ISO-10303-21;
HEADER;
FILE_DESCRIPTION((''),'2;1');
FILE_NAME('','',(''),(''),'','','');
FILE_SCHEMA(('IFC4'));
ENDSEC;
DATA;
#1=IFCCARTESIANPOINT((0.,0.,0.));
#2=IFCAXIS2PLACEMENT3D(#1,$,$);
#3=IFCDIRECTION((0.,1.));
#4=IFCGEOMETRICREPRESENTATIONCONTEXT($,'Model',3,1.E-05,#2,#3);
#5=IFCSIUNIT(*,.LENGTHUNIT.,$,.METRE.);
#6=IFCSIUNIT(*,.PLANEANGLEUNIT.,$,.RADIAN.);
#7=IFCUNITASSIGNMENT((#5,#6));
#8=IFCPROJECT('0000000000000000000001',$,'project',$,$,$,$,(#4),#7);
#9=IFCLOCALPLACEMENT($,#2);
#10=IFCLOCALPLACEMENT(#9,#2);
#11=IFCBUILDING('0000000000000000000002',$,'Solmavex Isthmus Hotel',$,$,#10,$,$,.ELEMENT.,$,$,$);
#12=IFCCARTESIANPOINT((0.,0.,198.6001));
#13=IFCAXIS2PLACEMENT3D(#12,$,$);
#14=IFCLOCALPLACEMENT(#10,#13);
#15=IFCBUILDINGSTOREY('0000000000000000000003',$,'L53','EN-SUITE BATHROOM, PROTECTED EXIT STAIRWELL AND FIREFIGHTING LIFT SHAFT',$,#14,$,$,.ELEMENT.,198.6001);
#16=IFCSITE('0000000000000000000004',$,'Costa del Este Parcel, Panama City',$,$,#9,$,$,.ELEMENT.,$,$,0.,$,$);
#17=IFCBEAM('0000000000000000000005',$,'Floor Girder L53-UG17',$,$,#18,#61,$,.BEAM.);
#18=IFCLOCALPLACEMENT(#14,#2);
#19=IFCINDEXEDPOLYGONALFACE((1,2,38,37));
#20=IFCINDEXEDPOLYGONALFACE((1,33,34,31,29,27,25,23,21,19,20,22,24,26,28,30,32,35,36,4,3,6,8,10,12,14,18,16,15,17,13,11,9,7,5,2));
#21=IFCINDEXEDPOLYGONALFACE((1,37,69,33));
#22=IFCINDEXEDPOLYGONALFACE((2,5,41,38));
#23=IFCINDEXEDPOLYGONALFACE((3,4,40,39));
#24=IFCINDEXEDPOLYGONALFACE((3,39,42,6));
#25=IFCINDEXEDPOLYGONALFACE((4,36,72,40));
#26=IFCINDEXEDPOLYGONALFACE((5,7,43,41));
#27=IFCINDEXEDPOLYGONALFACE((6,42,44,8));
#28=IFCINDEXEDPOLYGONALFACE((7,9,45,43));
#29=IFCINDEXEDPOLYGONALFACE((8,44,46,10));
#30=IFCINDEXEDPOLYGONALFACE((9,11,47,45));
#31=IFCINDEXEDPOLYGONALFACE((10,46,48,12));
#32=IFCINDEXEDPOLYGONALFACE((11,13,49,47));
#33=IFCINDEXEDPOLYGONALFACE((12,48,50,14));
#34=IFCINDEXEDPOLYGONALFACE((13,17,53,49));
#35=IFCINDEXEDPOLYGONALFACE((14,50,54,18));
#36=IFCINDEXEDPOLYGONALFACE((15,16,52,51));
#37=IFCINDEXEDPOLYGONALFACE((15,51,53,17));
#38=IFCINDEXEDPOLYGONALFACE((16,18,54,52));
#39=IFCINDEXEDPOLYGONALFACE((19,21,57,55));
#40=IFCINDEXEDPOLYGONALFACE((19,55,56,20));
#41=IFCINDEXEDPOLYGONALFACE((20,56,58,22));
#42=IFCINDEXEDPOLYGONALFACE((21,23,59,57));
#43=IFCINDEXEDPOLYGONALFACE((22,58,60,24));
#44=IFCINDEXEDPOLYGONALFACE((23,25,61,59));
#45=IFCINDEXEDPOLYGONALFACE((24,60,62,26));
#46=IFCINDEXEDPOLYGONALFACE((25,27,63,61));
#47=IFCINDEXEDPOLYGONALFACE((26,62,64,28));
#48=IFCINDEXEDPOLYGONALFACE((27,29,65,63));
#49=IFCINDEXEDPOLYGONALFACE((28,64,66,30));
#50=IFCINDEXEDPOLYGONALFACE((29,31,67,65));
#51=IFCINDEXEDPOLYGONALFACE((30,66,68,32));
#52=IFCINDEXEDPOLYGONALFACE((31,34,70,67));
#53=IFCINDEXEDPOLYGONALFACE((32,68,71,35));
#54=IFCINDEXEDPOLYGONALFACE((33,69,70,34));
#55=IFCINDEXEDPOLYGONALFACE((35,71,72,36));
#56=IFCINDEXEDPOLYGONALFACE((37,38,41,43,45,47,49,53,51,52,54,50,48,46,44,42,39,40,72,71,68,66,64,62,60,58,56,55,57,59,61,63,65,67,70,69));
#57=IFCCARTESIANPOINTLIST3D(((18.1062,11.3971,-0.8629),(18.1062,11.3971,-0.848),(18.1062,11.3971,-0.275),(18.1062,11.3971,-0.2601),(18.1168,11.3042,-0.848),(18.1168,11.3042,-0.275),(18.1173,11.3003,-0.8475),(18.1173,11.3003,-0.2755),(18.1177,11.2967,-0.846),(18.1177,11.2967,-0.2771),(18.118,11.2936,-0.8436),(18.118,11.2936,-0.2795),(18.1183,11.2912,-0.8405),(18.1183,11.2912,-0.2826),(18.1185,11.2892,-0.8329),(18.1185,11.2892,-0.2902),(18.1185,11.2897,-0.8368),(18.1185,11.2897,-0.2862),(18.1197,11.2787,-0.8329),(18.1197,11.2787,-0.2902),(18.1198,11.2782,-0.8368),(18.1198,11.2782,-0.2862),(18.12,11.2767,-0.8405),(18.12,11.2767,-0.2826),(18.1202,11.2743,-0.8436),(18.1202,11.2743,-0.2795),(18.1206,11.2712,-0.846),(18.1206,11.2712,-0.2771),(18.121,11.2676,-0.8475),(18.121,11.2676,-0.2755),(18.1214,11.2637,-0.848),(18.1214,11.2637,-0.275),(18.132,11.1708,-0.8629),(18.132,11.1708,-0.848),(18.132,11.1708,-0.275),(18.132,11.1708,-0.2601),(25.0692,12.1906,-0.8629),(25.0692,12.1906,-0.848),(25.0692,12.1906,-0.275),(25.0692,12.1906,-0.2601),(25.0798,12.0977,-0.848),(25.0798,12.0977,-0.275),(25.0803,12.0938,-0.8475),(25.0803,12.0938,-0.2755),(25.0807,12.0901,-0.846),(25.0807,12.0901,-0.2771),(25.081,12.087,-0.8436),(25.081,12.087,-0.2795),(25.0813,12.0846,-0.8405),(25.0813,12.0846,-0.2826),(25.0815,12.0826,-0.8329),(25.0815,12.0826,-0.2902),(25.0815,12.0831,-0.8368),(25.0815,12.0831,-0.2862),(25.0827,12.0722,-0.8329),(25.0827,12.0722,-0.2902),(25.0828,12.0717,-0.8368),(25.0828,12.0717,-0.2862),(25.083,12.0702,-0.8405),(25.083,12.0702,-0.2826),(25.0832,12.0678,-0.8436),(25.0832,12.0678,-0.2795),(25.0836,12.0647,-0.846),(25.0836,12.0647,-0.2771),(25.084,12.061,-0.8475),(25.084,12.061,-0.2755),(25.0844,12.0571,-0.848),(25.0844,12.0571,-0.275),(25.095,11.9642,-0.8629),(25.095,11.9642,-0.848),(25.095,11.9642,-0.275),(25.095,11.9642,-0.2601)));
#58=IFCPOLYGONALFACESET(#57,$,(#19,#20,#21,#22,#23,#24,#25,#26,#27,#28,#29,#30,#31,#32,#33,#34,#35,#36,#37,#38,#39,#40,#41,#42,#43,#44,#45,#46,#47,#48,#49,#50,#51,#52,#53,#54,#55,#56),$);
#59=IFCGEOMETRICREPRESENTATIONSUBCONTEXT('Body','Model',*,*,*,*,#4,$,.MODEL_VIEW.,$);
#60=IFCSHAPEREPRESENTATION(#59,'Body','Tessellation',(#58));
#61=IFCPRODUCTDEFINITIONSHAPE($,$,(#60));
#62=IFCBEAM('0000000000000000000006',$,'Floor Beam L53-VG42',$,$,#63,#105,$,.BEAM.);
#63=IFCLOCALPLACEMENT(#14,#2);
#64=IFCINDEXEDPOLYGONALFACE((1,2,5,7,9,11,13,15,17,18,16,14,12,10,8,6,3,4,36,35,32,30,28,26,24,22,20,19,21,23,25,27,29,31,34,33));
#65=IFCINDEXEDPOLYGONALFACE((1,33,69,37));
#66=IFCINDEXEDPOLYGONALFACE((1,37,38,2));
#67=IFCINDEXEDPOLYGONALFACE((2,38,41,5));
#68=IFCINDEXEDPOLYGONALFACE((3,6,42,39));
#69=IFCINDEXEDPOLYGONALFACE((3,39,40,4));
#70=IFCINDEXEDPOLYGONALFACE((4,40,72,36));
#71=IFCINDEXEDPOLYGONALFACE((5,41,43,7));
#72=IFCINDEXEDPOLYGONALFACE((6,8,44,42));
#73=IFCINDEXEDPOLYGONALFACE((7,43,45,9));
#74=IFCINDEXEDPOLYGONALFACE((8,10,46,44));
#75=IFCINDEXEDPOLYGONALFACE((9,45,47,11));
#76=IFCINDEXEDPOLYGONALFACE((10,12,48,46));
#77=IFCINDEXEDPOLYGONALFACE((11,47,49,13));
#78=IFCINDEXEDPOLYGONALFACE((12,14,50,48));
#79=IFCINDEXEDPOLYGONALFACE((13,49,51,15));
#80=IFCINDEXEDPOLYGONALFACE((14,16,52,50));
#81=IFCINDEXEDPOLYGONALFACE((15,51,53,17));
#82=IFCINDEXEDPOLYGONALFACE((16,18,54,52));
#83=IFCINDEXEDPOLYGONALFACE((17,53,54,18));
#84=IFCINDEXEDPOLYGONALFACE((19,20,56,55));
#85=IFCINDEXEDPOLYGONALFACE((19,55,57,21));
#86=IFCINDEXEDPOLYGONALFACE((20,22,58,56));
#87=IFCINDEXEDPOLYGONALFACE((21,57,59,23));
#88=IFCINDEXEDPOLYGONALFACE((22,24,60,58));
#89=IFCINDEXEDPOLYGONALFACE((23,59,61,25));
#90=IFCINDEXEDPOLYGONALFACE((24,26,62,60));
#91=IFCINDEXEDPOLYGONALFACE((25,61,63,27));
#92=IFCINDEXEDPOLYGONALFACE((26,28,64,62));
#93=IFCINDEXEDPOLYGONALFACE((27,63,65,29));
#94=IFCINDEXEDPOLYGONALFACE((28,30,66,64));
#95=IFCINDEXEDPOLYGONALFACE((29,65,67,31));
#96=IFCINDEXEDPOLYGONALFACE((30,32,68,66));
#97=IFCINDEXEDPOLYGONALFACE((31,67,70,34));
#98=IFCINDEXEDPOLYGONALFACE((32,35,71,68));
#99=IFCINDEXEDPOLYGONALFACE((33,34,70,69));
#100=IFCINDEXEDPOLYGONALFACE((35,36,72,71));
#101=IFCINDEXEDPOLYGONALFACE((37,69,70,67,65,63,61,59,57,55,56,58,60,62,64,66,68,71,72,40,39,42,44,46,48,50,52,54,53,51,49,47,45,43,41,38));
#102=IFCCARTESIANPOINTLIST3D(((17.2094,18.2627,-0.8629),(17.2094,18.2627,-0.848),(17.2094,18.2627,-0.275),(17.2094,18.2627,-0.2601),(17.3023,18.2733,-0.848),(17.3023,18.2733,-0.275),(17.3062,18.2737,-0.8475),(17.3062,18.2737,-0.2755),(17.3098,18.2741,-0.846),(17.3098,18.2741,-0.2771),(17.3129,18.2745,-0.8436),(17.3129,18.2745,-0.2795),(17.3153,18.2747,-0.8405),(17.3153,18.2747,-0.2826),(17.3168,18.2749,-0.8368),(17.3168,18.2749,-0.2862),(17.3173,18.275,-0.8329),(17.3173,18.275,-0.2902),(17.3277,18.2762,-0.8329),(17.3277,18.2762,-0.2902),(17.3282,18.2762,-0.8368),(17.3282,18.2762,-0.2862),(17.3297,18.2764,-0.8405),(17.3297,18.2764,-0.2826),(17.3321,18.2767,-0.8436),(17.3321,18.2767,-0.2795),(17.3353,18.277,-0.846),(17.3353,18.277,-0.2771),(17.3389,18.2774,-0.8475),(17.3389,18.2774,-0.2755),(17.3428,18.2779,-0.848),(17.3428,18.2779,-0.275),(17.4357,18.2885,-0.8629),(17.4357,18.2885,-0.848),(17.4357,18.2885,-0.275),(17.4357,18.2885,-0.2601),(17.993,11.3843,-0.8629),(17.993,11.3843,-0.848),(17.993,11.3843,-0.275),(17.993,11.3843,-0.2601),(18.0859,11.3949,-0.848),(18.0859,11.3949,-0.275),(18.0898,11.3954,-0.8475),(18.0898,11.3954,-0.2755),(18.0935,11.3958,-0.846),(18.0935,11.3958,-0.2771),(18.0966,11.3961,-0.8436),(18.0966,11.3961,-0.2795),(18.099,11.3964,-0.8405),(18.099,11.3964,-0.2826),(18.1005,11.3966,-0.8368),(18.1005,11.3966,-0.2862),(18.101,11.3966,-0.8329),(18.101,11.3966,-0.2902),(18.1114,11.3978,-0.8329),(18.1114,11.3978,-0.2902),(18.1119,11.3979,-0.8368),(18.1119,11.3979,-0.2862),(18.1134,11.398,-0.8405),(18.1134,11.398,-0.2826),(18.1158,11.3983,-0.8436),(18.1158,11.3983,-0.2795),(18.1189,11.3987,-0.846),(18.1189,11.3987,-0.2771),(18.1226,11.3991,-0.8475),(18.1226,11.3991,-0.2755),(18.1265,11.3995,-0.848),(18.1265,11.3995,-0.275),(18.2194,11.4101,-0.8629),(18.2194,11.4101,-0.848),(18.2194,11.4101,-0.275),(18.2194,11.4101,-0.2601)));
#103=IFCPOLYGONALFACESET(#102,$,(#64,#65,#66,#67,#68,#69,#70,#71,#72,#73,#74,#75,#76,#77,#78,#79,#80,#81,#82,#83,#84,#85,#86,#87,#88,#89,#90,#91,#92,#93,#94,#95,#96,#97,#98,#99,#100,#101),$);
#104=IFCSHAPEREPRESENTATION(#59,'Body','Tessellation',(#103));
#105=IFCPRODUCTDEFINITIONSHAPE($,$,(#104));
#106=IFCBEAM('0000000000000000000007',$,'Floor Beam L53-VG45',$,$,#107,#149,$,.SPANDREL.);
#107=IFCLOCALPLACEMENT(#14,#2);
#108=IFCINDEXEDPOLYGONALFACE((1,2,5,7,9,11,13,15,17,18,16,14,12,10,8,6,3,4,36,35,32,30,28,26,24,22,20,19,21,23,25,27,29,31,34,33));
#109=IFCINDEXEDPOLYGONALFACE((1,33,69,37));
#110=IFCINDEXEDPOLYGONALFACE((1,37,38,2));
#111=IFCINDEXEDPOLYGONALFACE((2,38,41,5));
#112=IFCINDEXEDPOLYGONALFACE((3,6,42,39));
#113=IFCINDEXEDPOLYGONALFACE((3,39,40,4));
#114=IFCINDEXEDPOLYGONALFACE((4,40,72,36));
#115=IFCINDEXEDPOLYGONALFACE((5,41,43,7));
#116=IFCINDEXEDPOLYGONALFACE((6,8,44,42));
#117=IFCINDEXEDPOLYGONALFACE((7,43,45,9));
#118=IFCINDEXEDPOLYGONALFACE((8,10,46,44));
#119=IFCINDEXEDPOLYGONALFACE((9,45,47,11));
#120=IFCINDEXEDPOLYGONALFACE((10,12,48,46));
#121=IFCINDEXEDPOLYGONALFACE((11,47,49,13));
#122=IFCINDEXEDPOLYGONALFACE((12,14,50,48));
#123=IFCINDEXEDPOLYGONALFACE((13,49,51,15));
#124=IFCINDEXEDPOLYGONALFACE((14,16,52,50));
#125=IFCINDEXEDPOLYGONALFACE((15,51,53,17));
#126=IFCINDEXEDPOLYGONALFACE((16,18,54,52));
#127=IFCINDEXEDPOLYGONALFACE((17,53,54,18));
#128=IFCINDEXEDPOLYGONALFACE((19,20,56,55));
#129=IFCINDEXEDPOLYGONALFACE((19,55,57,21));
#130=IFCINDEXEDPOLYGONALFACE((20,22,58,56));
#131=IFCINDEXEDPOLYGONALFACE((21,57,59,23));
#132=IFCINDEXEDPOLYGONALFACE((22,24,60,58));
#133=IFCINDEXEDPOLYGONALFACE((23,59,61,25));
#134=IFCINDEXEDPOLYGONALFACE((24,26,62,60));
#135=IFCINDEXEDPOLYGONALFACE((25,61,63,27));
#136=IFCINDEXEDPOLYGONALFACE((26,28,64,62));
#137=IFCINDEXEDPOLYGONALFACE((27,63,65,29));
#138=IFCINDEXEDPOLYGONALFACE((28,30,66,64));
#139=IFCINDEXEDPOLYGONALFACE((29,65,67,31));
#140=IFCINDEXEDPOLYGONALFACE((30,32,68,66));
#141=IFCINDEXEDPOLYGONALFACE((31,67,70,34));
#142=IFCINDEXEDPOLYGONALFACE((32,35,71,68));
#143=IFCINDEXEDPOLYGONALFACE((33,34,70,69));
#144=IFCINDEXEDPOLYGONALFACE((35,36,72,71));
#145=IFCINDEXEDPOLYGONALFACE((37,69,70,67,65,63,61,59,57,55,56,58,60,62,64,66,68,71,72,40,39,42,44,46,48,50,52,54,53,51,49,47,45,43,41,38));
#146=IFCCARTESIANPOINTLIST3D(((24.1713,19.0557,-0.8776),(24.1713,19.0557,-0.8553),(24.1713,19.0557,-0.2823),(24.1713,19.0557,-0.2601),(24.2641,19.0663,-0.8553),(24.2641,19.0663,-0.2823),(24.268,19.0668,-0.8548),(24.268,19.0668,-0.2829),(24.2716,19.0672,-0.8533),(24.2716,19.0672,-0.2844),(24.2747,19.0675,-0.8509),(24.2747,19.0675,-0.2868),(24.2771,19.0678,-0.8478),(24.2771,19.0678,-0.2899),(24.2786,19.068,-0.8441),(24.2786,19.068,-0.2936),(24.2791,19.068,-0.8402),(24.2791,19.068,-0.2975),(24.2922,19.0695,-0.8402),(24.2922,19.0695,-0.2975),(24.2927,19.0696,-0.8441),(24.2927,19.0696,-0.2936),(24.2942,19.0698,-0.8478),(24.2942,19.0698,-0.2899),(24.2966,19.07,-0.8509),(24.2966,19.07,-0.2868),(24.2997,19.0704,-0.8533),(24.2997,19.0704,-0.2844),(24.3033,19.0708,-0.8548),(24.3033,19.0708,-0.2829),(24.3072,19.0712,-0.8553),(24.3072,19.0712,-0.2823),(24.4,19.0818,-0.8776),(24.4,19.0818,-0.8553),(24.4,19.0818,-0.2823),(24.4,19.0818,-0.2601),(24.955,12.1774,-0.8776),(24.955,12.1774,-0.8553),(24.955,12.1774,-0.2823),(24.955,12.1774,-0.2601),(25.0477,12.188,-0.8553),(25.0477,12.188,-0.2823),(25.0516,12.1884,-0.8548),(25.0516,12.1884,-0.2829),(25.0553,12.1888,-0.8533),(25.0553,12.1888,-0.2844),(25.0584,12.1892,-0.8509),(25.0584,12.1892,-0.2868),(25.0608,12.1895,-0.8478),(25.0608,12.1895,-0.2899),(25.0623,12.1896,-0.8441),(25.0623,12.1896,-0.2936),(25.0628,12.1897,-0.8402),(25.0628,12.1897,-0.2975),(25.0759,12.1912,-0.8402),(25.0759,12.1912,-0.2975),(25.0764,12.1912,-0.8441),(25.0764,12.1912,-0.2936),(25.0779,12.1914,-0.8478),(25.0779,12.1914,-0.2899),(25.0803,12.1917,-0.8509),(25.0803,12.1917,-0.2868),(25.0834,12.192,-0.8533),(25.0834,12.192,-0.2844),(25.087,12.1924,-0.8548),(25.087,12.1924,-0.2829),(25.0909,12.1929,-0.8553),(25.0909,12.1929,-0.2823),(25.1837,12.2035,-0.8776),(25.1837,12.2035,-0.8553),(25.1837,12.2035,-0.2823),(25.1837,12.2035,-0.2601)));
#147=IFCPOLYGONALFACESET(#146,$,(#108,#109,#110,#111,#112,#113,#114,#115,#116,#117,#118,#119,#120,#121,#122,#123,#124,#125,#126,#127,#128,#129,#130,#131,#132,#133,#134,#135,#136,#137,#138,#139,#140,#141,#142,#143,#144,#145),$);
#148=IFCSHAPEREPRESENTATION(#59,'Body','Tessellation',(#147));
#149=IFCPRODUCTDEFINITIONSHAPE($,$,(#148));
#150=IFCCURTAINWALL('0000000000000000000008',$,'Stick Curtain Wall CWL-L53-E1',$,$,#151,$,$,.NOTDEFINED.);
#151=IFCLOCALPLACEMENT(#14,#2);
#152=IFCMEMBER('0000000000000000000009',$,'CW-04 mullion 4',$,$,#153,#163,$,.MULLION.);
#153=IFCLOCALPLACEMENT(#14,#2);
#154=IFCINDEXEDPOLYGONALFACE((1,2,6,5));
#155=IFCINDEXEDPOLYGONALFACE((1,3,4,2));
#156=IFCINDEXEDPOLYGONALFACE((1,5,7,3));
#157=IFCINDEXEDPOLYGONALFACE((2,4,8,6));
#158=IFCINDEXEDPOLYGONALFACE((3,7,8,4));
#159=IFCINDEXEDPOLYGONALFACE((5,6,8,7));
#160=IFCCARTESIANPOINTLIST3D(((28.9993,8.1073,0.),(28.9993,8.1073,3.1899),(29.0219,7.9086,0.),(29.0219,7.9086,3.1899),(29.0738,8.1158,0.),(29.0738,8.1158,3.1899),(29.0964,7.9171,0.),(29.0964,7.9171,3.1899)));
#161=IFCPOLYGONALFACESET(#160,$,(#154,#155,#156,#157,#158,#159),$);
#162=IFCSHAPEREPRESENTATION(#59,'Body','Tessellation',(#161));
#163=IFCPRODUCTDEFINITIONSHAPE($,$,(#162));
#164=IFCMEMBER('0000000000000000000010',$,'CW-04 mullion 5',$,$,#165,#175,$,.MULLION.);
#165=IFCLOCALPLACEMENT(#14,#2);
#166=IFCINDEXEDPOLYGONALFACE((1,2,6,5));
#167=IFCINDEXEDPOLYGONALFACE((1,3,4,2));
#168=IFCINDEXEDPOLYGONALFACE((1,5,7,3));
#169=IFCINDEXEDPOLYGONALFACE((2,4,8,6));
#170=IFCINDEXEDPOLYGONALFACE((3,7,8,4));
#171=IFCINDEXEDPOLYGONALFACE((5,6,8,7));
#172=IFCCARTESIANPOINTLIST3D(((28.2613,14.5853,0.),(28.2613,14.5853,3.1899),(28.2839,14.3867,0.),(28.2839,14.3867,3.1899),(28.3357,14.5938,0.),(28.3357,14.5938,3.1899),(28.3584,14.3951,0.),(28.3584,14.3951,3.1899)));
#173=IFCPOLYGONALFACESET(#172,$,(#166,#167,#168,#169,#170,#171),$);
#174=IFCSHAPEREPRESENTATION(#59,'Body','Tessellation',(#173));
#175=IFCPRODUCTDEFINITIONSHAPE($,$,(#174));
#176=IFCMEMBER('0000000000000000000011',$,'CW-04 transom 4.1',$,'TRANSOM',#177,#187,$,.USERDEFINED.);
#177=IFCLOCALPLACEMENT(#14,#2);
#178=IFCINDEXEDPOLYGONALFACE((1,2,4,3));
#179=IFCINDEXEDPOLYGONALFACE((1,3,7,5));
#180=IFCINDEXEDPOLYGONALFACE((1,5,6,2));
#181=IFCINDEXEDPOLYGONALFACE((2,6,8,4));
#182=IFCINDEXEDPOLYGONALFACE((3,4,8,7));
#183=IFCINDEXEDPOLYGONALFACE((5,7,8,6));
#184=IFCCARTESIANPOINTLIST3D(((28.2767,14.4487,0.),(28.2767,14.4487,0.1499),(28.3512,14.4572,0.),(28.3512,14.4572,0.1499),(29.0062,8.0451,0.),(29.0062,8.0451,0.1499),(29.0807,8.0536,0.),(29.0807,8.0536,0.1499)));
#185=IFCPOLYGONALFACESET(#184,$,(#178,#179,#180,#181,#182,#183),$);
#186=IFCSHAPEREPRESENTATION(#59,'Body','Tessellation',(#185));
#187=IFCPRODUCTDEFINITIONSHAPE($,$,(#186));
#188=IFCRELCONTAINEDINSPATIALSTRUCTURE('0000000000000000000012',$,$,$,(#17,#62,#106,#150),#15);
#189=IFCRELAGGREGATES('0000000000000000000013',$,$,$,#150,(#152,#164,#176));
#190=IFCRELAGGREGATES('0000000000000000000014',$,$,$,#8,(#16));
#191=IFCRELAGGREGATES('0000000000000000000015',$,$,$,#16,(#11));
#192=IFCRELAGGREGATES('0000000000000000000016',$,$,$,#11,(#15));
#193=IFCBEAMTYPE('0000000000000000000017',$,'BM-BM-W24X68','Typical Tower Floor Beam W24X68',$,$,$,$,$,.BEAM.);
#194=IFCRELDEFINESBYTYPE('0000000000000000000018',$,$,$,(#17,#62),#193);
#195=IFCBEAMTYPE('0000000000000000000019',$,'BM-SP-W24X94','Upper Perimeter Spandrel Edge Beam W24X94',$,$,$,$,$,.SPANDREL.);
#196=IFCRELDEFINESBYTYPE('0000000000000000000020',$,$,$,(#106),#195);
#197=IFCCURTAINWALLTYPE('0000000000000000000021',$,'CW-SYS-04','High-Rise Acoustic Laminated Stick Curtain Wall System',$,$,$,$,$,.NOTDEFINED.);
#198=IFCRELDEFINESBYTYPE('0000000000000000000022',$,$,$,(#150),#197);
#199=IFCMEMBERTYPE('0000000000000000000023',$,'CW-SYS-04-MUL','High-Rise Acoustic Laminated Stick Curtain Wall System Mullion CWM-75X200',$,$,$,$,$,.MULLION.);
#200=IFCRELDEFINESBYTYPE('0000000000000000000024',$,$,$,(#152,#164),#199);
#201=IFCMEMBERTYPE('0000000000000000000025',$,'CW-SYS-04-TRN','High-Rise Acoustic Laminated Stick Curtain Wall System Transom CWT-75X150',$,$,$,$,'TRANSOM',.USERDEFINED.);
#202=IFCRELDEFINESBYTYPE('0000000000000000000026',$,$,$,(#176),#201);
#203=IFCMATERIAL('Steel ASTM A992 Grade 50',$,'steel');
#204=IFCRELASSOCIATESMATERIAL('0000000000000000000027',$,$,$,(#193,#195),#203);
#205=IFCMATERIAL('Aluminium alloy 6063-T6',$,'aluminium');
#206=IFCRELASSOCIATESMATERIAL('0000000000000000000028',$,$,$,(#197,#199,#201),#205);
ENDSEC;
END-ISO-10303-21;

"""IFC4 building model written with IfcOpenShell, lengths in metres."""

from ifc_helpers import new_model, si_unit, direction, frame, origin, origin_2d, place, context, subcontext, project, spatial, rectangle, i_section, extrude, material, material_profile, profile_set, type_object, element, aggregate, save


model = new_model("IFC4")

# Units and contexts
model_context = context("Model", 3, precision=1e-05, world=origin(), true_north=direction((0.0, 1.0)))
body_context = subcontext(model_context, "Body", "Model", "MODEL_VIEW")
ifc_project = project(units=[si_unit("LENGTHUNIT", "METRE"), si_unit("PLANEANGLEUNIT", "RADIAN")], contexts=[model_context])

# Site, building, storey
site_placement = place(None, origin())
site = spatial("IfcSite", under=ifc_project, at=site_placement, Name="Costa del Este Parcel, Panama City", CompositionType="ELEMENT", RefElevation=0.0)
building_placement = place(site_placement, origin())
building = spatial("IfcBuilding", under=site, at=building_placement, Name="Solmavex Isthmus Hotel", CompositionType="ELEMENT")
storey_placement = place(building_placement, frame((0.0, 0.0, 198.6001)))
storey = spatial("IfcBuildingStorey", under=building, at=storey_placement, Name="L53", Description="EN-SUITE BATHROOM, PROTECTED EXIT STAIRWELL AND FIREFIGHTING LIFT SHAFT", CompositionType="ELEMENT", Elevation=198.6001)

# Beams
ifc_material_1 = material(Name="Steel ASTM A992 Grade 50", Category="steel")
ifc_material_profile_1 = material_profile(ifc_material_1, i_section(OverallWidth=0.2278, OverallDepth=0.6028, WebThickness=0.0105, FlangeThickness=0.0149, FilletRadius=0.0151, at=origin_2d()), Name="W24X68")
ifc_profile_set_1 = profile_set([ifc_material_profile_1], Name="Steel ASTM A992 Grade 50")
beam_type_1 = type_object("IfcBeamType", Name="BM-BM-W24X68", Description="Typical Tower Floor Beam W24X68", PredefinedType="BEAM", material=ifc_profile_set_1)
beam_1_placement = place(storey_placement, frame((18.1191, 11.2839, -0.5615), z_axis=(0.99357, 0.113222, 0.0), x_axis=(-0.113222, 0.99357, 0.0)))
element("IfcBeam", 1, at=beam_1_placement, inside=storey, type_object=beam_type_1, Name="Floor Girder L53-UG17", PredefinedType="BEAM", context=body_context, shape_type="SweptSolid", body=[
    extrude(i_section(OverallWidth=0.2278, OverallDepth=0.6028, WebThickness=0.0105, FlangeThickness=0.0149, FilletRadius=0.0151, at=origin_2d()), origin(), (0.0, 0.0, 1.0), 7.0081),
])
beam_2_placement = place(storey_placement, frame((18.1062, 11.3972, -0.5615), z_axis=(-0.113202, 0.993572, 0.0), x_axis=(-0.993572, -0.113202, 0.0)))
element("IfcBeam", 2, at=beam_2_placement, inside=storey, type_object=beam_type_1, Name="Floor Beam L53-VG42", PredefinedType="BEAM", context=body_context, shape_type="SweptSolid", body=[
    extrude(i_section(OverallWidth=0.2278, OverallDepth=0.6028, WebThickness=0.0105, FlangeThickness=0.0149, FilletRadius=0.0151, at=origin_2d()), origin(), (0.0, 0.0, 1.0), 6.9229),
])
ifc_material_profile_2 = material_profile(ifc_material_1, i_section(OverallWidth=0.2302, OverallDepth=0.6174, WebThickness=0.0132, FlangeThickness=0.0222, FilletRadius=0.0151, at=origin_2d()), Name="W24X94")
ifc_profile_set_2 = profile_set([ifc_material_profile_2], Name="Steel ASTM A992 Grade 50")
beam_type_2 = type_object("IfcBeamType", Name="BM-SP-W24X94", Description="Upper Perimeter Spandrel Edge Beam W24X94", PredefinedType="SPANDREL", material=ifc_profile_set_2)
beam_3_placement = place(storey_placement, frame((25.0693, 12.1904, -0.5688), z_axis=(-0.113202, 0.993572, 0.0), x_axis=(-0.993572, -0.113202, 0.0)))
element("IfcBeam", 3, at=beam_3_placement, inside=storey, type_object=beam_type_2, Name="Floor Beam L53-VG45", PredefinedType="SPANDREL", context=body_context, shape_type="SweptSolid", body=[
    extrude(i_section(OverallWidth=0.2302, OverallDepth=0.6174, WebThickness=0.0132, FlangeThickness=0.0222, FilletRadius=0.0151, at=origin_2d()), origin(), (0.0, 0.0, 1.0), 6.9229),
])

# Curtain wall, members
ifc_material_2 = material(Name="Aluminium alloy 6063-T6", Category="aluminium")
curtain_wall_type = type_object("IfcCurtainWallType", Name="CW-SYS-04", Description="High-Rise Acoustic Laminated Stick Curtain Wall System", PredefinedType="NOTDEFINED", material=ifc_material_2)
curtain_wall_placement = place(storey_placement, origin())
curtain_wall = element("IfcCurtainWall", 4, at=curtain_wall_placement, inside=storey, type_object=curtain_wall_type, Name="Stick Curtain Wall CWL-L53-E1", PredefinedType="NOTDEFINED")
ifc_material_profile_3 = material_profile(ifc_material_2, rectangle(XDim=0.075, YDim=0.2, at=origin_2d()), Name="CWM-75X200")
ifc_profile_set_3 = profile_set([ifc_material_profile_3], Name="Aluminium alloy 6063-T6")
member_type_1 = type_object("IfcMemberType", Name="CW-SYS-04-MUL", Description="High-Rise Acoustic Laminated Stick Curtain Wall System Mullion CWM-75X200", PredefinedType="MULLION", material=ifc_profile_set_3)
member_1_placement = place(storey_placement, frame((29.0479, 8.0122, 0.0), z_axis=(0.0, 0.0, 1.0), x_axis=(-0.993572, -0.113203, 0.0)))
member_1 = element("IfcMember", 5, at=member_1_placement, type_object=member_type_1, Name="CW-04 mullion 4", PredefinedType="MULLION", context=body_context, shape_type="SweptSolid", body=[
    extrude(rectangle(XDim=0.075, YDim=0.2, at=origin_2d()), origin(), (0.0, 0.0, 1.0), 3.1899),
])
member_2_placement = place(storey_placement, frame((28.3098, 14.4902, 0.0), z_axis=(0.0, 0.0, 1.0), x_axis=(-0.993572, -0.113203, 0.0)))
member_2 = element("IfcMember", 6, at=member_2_placement, type_object=member_type_1, Name="CW-04 mullion 5", PredefinedType="MULLION", context=body_context, shape_type="SweptSolid", body=[
    extrude(rectangle(XDim=0.075, YDim=0.2, at=origin_2d()), origin(), (0.0, 0.0, 1.0), 3.1899),
])
ifc_material_profile_4 = material_profile(ifc_material_2, rectangle(XDim=0.075, YDim=0.1499, at=origin_2d()), Name="CWT-75X150")
ifc_profile_set_4 = profile_set([ifc_material_profile_4], Name="Aluminium alloy 6063-T6")
member_type_2 = type_object("IfcMemberType", Name="CW-SYS-04-TRN", Description="High-Rise Acoustic Laminated Stick Curtain Wall System Transom CWT-75X150", ElementType="TRANSOM", PredefinedType="USERDEFINED", material=ifc_profile_set_4)
member_3_placement = place(storey_placement, frame((29.0435, 8.0493, 0.075), z_axis=(-0.113188, 0.993574, 0.0), x_axis=(-0.993574, -0.113188, 0.0)))
member_3 = element("IfcMember", 7, at=member_3_placement, type_object=member_type_2, Name="CW-04 transom 4.1", ObjectType="TRANSOM", PredefinedType="USERDEFINED", context=body_context, shape_type="SweptSolid", body=[
    extrude(rectangle(XDim=0.075, YDim=0.1499, at=origin_2d()), origin(), (0.0, 0.0, 1.0), 6.4451),
])
aggregate(curtain_wall, [member_1, member_2, member_3])

save(model, "model.ifc")
